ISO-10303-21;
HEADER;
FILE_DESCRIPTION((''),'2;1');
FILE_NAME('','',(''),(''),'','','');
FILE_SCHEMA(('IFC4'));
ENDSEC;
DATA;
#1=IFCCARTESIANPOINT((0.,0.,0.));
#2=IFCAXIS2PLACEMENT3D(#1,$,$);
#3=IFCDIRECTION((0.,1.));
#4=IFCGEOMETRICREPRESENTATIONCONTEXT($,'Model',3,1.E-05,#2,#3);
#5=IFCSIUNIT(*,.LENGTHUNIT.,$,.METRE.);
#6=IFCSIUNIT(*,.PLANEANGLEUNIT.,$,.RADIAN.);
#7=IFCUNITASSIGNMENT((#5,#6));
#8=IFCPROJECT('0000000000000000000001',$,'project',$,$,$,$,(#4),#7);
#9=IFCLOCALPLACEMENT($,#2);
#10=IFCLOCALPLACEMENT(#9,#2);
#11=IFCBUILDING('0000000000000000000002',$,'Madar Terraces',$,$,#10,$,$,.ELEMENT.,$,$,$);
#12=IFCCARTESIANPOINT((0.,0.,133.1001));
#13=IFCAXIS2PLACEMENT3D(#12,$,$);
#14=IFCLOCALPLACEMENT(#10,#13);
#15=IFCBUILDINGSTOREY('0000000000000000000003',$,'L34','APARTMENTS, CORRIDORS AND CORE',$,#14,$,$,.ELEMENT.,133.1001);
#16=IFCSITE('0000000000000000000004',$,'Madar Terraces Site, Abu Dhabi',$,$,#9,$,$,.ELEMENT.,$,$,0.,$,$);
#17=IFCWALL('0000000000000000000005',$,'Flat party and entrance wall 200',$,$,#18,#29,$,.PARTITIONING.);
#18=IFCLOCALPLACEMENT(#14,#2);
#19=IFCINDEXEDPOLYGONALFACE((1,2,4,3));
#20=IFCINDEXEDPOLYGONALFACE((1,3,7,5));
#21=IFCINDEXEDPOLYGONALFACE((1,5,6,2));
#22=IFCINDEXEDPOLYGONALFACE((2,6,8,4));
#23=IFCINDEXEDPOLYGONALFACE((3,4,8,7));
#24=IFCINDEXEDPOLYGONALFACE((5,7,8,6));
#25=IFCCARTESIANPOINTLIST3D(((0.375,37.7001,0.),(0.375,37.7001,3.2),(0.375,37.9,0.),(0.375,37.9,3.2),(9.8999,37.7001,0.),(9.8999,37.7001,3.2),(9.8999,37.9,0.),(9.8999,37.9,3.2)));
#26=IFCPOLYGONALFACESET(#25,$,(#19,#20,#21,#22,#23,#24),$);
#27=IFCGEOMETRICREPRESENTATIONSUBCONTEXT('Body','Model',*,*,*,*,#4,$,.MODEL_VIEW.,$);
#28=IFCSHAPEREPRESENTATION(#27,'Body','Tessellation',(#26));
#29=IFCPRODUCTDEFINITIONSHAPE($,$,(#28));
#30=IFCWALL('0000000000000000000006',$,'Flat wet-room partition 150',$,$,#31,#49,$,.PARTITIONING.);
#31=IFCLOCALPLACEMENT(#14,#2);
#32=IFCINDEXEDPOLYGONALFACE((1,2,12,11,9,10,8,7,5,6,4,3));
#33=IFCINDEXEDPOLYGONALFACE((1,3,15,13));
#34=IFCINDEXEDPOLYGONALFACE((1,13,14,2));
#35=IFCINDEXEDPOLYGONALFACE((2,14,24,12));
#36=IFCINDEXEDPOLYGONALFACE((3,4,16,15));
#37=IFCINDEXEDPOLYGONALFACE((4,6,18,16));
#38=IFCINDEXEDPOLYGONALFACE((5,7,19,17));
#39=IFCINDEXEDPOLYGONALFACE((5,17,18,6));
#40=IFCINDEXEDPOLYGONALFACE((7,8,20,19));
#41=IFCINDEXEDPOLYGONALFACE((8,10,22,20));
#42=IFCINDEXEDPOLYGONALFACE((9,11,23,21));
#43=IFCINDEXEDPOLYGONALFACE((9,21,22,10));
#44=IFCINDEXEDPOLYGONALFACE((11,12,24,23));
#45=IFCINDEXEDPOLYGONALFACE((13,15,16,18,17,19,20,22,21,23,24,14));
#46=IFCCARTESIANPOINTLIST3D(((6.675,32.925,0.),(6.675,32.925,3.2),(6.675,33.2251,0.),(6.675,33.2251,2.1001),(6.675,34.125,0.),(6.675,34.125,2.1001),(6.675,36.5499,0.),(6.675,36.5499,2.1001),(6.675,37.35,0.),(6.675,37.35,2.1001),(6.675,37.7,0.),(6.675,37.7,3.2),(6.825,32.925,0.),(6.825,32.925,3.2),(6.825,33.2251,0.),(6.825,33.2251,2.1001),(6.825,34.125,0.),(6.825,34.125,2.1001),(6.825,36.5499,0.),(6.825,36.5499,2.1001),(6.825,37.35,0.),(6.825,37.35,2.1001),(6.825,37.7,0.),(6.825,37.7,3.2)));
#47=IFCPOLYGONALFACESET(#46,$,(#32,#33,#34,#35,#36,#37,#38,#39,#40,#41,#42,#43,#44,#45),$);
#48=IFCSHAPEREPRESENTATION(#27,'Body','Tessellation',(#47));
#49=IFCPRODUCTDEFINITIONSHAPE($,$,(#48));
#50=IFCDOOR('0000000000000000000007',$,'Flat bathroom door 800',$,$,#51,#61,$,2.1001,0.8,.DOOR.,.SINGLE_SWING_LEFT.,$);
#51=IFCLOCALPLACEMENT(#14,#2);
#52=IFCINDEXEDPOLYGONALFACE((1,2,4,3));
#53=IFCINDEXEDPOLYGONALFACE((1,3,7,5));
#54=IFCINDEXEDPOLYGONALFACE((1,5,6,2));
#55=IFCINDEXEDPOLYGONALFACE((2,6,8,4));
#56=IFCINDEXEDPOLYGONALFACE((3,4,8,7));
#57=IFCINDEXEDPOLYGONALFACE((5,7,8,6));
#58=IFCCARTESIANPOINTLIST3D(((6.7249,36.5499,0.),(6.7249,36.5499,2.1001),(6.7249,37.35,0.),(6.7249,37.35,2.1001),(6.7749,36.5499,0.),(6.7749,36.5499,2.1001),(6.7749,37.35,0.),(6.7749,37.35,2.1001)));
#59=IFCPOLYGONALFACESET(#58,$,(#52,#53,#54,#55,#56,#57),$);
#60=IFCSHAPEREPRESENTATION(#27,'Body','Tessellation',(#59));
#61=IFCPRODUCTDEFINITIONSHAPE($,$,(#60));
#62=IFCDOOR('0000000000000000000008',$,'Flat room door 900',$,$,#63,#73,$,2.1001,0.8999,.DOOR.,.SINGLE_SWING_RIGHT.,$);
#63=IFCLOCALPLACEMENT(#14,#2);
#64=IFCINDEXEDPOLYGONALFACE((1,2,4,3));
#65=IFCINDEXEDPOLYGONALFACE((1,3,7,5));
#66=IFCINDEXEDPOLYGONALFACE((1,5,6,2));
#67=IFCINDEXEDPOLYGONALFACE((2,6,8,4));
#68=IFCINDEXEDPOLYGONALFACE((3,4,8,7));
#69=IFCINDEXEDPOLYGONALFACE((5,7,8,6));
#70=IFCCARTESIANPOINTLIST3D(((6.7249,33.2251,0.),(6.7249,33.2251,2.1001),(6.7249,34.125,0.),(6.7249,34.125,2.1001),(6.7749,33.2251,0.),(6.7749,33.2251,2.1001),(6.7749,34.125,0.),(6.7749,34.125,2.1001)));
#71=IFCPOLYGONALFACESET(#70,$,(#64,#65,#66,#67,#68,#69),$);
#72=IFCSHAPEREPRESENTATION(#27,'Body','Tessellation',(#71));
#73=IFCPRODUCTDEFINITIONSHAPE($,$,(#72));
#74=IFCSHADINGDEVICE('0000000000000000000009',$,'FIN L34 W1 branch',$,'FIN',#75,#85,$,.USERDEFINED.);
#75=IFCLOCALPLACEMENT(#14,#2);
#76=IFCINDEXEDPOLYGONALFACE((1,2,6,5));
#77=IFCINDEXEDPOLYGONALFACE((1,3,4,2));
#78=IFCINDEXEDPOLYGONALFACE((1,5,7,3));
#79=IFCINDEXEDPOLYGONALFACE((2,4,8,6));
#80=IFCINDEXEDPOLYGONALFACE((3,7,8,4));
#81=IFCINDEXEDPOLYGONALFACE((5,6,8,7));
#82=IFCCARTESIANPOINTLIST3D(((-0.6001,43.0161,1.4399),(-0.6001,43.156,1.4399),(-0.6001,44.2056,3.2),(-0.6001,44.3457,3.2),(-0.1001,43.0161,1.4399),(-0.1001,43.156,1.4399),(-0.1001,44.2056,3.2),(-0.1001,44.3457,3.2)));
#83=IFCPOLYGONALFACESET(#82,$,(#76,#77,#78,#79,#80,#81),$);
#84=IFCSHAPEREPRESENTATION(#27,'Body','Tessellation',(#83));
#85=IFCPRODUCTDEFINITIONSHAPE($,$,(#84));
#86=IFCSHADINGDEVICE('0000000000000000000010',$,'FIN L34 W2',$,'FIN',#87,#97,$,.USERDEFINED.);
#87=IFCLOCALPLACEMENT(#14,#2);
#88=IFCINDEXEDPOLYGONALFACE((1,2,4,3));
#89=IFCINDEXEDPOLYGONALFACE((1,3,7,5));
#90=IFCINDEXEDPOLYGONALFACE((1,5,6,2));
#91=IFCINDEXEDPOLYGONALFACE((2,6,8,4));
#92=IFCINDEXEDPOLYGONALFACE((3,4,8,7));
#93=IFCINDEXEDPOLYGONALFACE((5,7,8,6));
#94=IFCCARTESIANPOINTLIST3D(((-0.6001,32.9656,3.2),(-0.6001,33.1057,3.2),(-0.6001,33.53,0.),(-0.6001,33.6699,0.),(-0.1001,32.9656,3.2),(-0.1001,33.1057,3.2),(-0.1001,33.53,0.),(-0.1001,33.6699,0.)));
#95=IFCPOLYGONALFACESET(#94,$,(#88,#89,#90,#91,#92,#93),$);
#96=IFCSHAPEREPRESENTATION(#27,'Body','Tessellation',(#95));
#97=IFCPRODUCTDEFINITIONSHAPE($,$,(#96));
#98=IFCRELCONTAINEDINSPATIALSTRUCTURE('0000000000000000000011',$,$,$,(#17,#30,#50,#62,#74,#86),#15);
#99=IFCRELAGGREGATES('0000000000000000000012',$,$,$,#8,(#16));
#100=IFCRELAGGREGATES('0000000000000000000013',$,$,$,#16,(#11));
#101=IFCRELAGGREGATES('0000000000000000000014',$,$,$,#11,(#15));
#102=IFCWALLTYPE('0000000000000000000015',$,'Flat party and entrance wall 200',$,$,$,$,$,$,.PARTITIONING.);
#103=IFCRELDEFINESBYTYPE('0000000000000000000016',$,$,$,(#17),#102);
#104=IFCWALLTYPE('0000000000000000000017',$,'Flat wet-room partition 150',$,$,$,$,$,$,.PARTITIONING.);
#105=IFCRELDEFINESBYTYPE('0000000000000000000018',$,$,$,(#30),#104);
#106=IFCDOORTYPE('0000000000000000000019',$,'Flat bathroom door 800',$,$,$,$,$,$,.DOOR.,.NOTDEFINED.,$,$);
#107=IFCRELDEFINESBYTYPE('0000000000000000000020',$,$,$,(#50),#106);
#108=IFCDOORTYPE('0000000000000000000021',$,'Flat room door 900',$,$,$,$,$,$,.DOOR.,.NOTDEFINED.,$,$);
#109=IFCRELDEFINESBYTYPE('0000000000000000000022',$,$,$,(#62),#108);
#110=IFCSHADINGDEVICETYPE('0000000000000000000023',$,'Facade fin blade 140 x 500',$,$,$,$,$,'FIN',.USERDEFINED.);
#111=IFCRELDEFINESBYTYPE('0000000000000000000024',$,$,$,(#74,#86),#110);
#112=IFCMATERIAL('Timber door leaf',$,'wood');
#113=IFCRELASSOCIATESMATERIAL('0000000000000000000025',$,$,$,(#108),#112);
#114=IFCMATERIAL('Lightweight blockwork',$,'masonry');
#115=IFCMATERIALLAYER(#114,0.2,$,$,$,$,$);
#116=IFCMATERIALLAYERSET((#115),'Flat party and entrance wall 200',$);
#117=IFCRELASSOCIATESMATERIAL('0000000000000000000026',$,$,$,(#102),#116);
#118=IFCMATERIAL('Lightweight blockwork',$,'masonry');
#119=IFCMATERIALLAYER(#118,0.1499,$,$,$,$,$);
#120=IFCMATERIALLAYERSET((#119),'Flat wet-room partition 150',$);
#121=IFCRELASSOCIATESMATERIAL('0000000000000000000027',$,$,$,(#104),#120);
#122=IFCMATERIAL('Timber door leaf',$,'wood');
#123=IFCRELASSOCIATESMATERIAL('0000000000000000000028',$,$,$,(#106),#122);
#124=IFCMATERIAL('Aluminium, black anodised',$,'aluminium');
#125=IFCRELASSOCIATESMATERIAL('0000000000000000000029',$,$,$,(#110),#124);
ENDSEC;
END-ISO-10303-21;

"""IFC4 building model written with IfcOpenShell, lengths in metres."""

from ifc_helpers import new_model, si_unit, direction, frame, frame_2d, origin, place, context, subcontext, project, spatial, polyline, rectangle, outline, extrude, material, layer, layer_set, type_object, element, fill, save


model = new_model("IFC4")

# Units and contexts
model_context = context("Model", 3, precision=1e-05, world=origin(), true_north=direction((0.0, 1.0)))
body_context = subcontext(model_context, "Body", "Model", "MODEL_VIEW")
ifc_project = project(units=[si_unit("LENGTHUNIT", "METRE"), si_unit("PLANEANGLEUNIT", "RADIAN")], contexts=[model_context])

# Site, building, storey
site_placement = place(None, origin())
site = spatial("IfcSite", under=ifc_project, at=site_placement, Name="Madar Terraces Site, Abu Dhabi", CompositionType="ELEMENT", RefElevation=0.0)
building_placement = place(site_placement, origin())
building = spatial("IfcBuilding", under=site, at=building_placement, Name="Madar Terraces", CompositionType="ELEMENT")
storey_placement = place(building_placement, frame((0.0, 0.0, 133.1001)))
storey = spatial("IfcBuildingStorey", under=building, at=storey_placement, Name="L34", Description="APARTMENTS, CORRIDORS AND CORE", CompositionType="ELEMENT", Elevation=133.1001)

# Shared definitions
ifc_material_1 = material(Name="Timber door leaf", Category="wood")
door_type_1 = type_object("IfcDoorType", Name="Flat room door 900", OperationType="NOTDEFINED", PredefinedType="DOOR", material=ifc_material_1)

# Wall
ifc_material_2 = material(Name="Lightweight blockwork", Category="masonry")
ifc_layer_1 = layer(ifc_material_2, 0.2)
ifc_layer_set_1 = layer_set([ifc_layer_1], Name="Flat party and entrance wall 200")
wall_type_1 = type_object("IfcWallType", Name="Flat party and entrance wall 200", PredefinedType="PARTITIONING", material=ifc_layer_set_1)
wall_1_placement = place(storey_placement, frame((0.375, 37.8, 0.0), z_axis=(0.0, 0.0, 1.0), x_axis=(1.0, 0.0, 0.0)))
element("IfcWall", 1, at=wall_1_placement, inside=storey, type_object=wall_type_1, Name="Flat party and entrance wall 200", PredefinedType="PARTITIONING", context=body_context, shape_type="SweptSolid", body=[
    extrude(rectangle(XDim=9.5249, YDim=0.2, at=frame_2d((4.7625, 0.0))), origin(), (0.0, 0.0, 1.0), 3.2),
])

# Wall, openings, doors
ifc_material_3 = material(Name="Lightweight blockwork", Category="masonry")
ifc_layer_2 = layer(ifc_material_3, 0.1499)
ifc_layer_set_2 = layer_set([ifc_layer_2], Name="Flat wet-room partition 150")
wall_type_2 = type_object("IfcWallType", Name="Flat wet-room partition 150", PredefinedType="PARTITIONING", material=ifc_layer_set_2)
wall_2_placement = place(storey_placement, frame((6.75, 37.7, 0.0), z_axis=(0.0, 0.0, 1.0), x_axis=(0.0, -1.0, 0.0)))
wall_2 = element("IfcWall", 2, at=wall_2_placement, inside=storey, type_object=wall_type_2, Name="Flat wet-room partition 150", PredefinedType="PARTITIONING", context=body_context, shape_type="SweptSolid", body=[
    extrude(rectangle(XDim=4.7749, YDim=0.1499, at=frame_2d((2.3875, 0.0))), origin(), (0.0, 0.0, 1.0), 3.2),
])
opening_1_placement = place(wall_2_placement, frame((3.575, 0.0, 0.0)))
opening_1 = element("IfcOpeningElement", 3, at=opening_1_placement, cuts=wall_2, PredefinedType="OPENING", context=body_context, shape_type="SweptSolid", body=[
    extrude(rectangle(XDim=0.8999, YDim=2.1001, at=frame_2d((0.45, 1.05))), frame((0.0, 0.085, 0.0), z_axis=(0.0, -1.0, 0.0), x_axis=(1.0, 0.0, 0.0)), (0.0, 0.0, 1.0), 0.1699),
])
opening_2_placement = place(wall_2_placement, frame((0.3501, 0.0, 0.0)))
opening_2 = element("IfcOpeningElement", 4, at=opening_2_placement, cuts=wall_2, PredefinedType="OPENING", context=body_context, shape_type="SweptSolid", body=[
    extrude(rectangle(XDim=0.8, YDim=2.1001, at=frame_2d((0.3999, 1.05))), frame((0.0, 0.085, 0.0), z_axis=(0.0, -1.0, 0.0), x_axis=(1.0, 0.0, 0.0)), (0.0, 0.0, 1.0), 0.1699),
])
ifc_material_4 = material(Name="Timber door leaf", Category="wood")
door_type_2 = type_object("IfcDoorType", Name="Flat bathroom door 800", OperationType="NOTDEFINED", PredefinedType="DOOR", material=ifc_material_4)
door_1_placement = place(opening_2_placement, origin())
door_1 = element("IfcDoor", 5, at=door_1_placement, inside=storey, type_object=door_type_2, Name="Flat bathroom door 800", OperationType="SINGLE_SWING_LEFT", OverallHeight=2.1001, OverallWidth=0.8, PredefinedType="DOOR", context=body_context, shape_type="SweptSolid", body=[
    extrude(rectangle(XDim=0.8, YDim=2.1001, at=frame_2d((0.3999, 1.05))), frame((0.0, 0.0249, 0.0), z_axis=(0.0, -1.0, 0.0), x_axis=(1.0, 0.0, 0.0)), (0.0, 0.0, 1.0), 0.05),
])
fill(opening_2, door_1)
door_2_placement = place(opening_1_placement, origin())
door_2 = element("IfcDoor", 6, at=door_2_placement, inside=storey, type_object=door_type_1, Name="Flat room door 900", OperationType="SINGLE_SWING_RIGHT", OverallHeight=2.1001, OverallWidth=0.8999, PredefinedType="DOOR", context=body_context, shape_type="SweptSolid", body=[
    extrude(rectangle(XDim=0.8999, YDim=2.1001, at=frame_2d((0.45, 1.05))), frame((0.0, 0.0249, 0.0), z_axis=(0.0, -1.0, 0.0), x_axis=(1.0, 0.0, 0.0)), (0.0, 0.0, 1.0), 0.05),
])
fill(opening_1, door_2)

# Shading devices
ifc_material_5 = material(Name="Aluminium, black anodised", Category="aluminium")
shading_device_type = type_object("IfcShadingDeviceType", Name="Facade fin blade 140 x 500", ElementType="FIN", PredefinedType="USERDEFINED", material=ifc_material_5)
shading_device_1_placement = place(storey_placement, frame((-0.3501, 43.156, 1.4399), z_axis=(0.0, 0.0, 1.0), x_axis=(0.0, -1.0, 0.0)))
element("IfcShadingDevice", 7, at=shading_device_1_placement, inside=storey, type_object=shading_device_type, Name="FIN L34 W1 branch", ObjectType="FIN", PredefinedType="USERDEFINED", context=body_context, shape_type="SweptSolid", body=[
    extrude(outline(polyline([(0.0, 0.0), (0.1399, 0.0), (-1.0496, 1.76), (-1.1897, 1.76), (0.0, 0.0)])), frame((0.0, 0.25, 0.0), z_axis=(0.0, -1.0, 0.0), x_axis=(1.0, 0.0, 0.0)), (0.0, 0.0, 1.0), 0.5),
])
shading_device_2_placement = place(storey_placement, frame((-0.3501, 33.6699, 0.0), z_axis=(0.0, 0.0, 1.0), x_axis=(0.0, -1.0, 0.0)))
element("IfcShadingDevice", 8, at=shading_device_2_placement, inside=storey, type_object=shading_device_type, Name="FIN L34 W2", ObjectType="FIN", PredefinedType="USERDEFINED", context=body_context, shape_type="SweptSolid", body=[
    extrude(outline(polyline([(0.0, 0.0), (0.1399, 0.0), (0.7043, 3.2), (0.5642, 3.2), (0.0, 0.0)])), frame((0.0, 0.25, 0.0), z_axis=(0.0, -1.0, 0.0), x_axis=(1.0, 0.0, 0.0)), (0.0, 0.0, 1.0), 0.5),
])

save(model, "model.ifc")
